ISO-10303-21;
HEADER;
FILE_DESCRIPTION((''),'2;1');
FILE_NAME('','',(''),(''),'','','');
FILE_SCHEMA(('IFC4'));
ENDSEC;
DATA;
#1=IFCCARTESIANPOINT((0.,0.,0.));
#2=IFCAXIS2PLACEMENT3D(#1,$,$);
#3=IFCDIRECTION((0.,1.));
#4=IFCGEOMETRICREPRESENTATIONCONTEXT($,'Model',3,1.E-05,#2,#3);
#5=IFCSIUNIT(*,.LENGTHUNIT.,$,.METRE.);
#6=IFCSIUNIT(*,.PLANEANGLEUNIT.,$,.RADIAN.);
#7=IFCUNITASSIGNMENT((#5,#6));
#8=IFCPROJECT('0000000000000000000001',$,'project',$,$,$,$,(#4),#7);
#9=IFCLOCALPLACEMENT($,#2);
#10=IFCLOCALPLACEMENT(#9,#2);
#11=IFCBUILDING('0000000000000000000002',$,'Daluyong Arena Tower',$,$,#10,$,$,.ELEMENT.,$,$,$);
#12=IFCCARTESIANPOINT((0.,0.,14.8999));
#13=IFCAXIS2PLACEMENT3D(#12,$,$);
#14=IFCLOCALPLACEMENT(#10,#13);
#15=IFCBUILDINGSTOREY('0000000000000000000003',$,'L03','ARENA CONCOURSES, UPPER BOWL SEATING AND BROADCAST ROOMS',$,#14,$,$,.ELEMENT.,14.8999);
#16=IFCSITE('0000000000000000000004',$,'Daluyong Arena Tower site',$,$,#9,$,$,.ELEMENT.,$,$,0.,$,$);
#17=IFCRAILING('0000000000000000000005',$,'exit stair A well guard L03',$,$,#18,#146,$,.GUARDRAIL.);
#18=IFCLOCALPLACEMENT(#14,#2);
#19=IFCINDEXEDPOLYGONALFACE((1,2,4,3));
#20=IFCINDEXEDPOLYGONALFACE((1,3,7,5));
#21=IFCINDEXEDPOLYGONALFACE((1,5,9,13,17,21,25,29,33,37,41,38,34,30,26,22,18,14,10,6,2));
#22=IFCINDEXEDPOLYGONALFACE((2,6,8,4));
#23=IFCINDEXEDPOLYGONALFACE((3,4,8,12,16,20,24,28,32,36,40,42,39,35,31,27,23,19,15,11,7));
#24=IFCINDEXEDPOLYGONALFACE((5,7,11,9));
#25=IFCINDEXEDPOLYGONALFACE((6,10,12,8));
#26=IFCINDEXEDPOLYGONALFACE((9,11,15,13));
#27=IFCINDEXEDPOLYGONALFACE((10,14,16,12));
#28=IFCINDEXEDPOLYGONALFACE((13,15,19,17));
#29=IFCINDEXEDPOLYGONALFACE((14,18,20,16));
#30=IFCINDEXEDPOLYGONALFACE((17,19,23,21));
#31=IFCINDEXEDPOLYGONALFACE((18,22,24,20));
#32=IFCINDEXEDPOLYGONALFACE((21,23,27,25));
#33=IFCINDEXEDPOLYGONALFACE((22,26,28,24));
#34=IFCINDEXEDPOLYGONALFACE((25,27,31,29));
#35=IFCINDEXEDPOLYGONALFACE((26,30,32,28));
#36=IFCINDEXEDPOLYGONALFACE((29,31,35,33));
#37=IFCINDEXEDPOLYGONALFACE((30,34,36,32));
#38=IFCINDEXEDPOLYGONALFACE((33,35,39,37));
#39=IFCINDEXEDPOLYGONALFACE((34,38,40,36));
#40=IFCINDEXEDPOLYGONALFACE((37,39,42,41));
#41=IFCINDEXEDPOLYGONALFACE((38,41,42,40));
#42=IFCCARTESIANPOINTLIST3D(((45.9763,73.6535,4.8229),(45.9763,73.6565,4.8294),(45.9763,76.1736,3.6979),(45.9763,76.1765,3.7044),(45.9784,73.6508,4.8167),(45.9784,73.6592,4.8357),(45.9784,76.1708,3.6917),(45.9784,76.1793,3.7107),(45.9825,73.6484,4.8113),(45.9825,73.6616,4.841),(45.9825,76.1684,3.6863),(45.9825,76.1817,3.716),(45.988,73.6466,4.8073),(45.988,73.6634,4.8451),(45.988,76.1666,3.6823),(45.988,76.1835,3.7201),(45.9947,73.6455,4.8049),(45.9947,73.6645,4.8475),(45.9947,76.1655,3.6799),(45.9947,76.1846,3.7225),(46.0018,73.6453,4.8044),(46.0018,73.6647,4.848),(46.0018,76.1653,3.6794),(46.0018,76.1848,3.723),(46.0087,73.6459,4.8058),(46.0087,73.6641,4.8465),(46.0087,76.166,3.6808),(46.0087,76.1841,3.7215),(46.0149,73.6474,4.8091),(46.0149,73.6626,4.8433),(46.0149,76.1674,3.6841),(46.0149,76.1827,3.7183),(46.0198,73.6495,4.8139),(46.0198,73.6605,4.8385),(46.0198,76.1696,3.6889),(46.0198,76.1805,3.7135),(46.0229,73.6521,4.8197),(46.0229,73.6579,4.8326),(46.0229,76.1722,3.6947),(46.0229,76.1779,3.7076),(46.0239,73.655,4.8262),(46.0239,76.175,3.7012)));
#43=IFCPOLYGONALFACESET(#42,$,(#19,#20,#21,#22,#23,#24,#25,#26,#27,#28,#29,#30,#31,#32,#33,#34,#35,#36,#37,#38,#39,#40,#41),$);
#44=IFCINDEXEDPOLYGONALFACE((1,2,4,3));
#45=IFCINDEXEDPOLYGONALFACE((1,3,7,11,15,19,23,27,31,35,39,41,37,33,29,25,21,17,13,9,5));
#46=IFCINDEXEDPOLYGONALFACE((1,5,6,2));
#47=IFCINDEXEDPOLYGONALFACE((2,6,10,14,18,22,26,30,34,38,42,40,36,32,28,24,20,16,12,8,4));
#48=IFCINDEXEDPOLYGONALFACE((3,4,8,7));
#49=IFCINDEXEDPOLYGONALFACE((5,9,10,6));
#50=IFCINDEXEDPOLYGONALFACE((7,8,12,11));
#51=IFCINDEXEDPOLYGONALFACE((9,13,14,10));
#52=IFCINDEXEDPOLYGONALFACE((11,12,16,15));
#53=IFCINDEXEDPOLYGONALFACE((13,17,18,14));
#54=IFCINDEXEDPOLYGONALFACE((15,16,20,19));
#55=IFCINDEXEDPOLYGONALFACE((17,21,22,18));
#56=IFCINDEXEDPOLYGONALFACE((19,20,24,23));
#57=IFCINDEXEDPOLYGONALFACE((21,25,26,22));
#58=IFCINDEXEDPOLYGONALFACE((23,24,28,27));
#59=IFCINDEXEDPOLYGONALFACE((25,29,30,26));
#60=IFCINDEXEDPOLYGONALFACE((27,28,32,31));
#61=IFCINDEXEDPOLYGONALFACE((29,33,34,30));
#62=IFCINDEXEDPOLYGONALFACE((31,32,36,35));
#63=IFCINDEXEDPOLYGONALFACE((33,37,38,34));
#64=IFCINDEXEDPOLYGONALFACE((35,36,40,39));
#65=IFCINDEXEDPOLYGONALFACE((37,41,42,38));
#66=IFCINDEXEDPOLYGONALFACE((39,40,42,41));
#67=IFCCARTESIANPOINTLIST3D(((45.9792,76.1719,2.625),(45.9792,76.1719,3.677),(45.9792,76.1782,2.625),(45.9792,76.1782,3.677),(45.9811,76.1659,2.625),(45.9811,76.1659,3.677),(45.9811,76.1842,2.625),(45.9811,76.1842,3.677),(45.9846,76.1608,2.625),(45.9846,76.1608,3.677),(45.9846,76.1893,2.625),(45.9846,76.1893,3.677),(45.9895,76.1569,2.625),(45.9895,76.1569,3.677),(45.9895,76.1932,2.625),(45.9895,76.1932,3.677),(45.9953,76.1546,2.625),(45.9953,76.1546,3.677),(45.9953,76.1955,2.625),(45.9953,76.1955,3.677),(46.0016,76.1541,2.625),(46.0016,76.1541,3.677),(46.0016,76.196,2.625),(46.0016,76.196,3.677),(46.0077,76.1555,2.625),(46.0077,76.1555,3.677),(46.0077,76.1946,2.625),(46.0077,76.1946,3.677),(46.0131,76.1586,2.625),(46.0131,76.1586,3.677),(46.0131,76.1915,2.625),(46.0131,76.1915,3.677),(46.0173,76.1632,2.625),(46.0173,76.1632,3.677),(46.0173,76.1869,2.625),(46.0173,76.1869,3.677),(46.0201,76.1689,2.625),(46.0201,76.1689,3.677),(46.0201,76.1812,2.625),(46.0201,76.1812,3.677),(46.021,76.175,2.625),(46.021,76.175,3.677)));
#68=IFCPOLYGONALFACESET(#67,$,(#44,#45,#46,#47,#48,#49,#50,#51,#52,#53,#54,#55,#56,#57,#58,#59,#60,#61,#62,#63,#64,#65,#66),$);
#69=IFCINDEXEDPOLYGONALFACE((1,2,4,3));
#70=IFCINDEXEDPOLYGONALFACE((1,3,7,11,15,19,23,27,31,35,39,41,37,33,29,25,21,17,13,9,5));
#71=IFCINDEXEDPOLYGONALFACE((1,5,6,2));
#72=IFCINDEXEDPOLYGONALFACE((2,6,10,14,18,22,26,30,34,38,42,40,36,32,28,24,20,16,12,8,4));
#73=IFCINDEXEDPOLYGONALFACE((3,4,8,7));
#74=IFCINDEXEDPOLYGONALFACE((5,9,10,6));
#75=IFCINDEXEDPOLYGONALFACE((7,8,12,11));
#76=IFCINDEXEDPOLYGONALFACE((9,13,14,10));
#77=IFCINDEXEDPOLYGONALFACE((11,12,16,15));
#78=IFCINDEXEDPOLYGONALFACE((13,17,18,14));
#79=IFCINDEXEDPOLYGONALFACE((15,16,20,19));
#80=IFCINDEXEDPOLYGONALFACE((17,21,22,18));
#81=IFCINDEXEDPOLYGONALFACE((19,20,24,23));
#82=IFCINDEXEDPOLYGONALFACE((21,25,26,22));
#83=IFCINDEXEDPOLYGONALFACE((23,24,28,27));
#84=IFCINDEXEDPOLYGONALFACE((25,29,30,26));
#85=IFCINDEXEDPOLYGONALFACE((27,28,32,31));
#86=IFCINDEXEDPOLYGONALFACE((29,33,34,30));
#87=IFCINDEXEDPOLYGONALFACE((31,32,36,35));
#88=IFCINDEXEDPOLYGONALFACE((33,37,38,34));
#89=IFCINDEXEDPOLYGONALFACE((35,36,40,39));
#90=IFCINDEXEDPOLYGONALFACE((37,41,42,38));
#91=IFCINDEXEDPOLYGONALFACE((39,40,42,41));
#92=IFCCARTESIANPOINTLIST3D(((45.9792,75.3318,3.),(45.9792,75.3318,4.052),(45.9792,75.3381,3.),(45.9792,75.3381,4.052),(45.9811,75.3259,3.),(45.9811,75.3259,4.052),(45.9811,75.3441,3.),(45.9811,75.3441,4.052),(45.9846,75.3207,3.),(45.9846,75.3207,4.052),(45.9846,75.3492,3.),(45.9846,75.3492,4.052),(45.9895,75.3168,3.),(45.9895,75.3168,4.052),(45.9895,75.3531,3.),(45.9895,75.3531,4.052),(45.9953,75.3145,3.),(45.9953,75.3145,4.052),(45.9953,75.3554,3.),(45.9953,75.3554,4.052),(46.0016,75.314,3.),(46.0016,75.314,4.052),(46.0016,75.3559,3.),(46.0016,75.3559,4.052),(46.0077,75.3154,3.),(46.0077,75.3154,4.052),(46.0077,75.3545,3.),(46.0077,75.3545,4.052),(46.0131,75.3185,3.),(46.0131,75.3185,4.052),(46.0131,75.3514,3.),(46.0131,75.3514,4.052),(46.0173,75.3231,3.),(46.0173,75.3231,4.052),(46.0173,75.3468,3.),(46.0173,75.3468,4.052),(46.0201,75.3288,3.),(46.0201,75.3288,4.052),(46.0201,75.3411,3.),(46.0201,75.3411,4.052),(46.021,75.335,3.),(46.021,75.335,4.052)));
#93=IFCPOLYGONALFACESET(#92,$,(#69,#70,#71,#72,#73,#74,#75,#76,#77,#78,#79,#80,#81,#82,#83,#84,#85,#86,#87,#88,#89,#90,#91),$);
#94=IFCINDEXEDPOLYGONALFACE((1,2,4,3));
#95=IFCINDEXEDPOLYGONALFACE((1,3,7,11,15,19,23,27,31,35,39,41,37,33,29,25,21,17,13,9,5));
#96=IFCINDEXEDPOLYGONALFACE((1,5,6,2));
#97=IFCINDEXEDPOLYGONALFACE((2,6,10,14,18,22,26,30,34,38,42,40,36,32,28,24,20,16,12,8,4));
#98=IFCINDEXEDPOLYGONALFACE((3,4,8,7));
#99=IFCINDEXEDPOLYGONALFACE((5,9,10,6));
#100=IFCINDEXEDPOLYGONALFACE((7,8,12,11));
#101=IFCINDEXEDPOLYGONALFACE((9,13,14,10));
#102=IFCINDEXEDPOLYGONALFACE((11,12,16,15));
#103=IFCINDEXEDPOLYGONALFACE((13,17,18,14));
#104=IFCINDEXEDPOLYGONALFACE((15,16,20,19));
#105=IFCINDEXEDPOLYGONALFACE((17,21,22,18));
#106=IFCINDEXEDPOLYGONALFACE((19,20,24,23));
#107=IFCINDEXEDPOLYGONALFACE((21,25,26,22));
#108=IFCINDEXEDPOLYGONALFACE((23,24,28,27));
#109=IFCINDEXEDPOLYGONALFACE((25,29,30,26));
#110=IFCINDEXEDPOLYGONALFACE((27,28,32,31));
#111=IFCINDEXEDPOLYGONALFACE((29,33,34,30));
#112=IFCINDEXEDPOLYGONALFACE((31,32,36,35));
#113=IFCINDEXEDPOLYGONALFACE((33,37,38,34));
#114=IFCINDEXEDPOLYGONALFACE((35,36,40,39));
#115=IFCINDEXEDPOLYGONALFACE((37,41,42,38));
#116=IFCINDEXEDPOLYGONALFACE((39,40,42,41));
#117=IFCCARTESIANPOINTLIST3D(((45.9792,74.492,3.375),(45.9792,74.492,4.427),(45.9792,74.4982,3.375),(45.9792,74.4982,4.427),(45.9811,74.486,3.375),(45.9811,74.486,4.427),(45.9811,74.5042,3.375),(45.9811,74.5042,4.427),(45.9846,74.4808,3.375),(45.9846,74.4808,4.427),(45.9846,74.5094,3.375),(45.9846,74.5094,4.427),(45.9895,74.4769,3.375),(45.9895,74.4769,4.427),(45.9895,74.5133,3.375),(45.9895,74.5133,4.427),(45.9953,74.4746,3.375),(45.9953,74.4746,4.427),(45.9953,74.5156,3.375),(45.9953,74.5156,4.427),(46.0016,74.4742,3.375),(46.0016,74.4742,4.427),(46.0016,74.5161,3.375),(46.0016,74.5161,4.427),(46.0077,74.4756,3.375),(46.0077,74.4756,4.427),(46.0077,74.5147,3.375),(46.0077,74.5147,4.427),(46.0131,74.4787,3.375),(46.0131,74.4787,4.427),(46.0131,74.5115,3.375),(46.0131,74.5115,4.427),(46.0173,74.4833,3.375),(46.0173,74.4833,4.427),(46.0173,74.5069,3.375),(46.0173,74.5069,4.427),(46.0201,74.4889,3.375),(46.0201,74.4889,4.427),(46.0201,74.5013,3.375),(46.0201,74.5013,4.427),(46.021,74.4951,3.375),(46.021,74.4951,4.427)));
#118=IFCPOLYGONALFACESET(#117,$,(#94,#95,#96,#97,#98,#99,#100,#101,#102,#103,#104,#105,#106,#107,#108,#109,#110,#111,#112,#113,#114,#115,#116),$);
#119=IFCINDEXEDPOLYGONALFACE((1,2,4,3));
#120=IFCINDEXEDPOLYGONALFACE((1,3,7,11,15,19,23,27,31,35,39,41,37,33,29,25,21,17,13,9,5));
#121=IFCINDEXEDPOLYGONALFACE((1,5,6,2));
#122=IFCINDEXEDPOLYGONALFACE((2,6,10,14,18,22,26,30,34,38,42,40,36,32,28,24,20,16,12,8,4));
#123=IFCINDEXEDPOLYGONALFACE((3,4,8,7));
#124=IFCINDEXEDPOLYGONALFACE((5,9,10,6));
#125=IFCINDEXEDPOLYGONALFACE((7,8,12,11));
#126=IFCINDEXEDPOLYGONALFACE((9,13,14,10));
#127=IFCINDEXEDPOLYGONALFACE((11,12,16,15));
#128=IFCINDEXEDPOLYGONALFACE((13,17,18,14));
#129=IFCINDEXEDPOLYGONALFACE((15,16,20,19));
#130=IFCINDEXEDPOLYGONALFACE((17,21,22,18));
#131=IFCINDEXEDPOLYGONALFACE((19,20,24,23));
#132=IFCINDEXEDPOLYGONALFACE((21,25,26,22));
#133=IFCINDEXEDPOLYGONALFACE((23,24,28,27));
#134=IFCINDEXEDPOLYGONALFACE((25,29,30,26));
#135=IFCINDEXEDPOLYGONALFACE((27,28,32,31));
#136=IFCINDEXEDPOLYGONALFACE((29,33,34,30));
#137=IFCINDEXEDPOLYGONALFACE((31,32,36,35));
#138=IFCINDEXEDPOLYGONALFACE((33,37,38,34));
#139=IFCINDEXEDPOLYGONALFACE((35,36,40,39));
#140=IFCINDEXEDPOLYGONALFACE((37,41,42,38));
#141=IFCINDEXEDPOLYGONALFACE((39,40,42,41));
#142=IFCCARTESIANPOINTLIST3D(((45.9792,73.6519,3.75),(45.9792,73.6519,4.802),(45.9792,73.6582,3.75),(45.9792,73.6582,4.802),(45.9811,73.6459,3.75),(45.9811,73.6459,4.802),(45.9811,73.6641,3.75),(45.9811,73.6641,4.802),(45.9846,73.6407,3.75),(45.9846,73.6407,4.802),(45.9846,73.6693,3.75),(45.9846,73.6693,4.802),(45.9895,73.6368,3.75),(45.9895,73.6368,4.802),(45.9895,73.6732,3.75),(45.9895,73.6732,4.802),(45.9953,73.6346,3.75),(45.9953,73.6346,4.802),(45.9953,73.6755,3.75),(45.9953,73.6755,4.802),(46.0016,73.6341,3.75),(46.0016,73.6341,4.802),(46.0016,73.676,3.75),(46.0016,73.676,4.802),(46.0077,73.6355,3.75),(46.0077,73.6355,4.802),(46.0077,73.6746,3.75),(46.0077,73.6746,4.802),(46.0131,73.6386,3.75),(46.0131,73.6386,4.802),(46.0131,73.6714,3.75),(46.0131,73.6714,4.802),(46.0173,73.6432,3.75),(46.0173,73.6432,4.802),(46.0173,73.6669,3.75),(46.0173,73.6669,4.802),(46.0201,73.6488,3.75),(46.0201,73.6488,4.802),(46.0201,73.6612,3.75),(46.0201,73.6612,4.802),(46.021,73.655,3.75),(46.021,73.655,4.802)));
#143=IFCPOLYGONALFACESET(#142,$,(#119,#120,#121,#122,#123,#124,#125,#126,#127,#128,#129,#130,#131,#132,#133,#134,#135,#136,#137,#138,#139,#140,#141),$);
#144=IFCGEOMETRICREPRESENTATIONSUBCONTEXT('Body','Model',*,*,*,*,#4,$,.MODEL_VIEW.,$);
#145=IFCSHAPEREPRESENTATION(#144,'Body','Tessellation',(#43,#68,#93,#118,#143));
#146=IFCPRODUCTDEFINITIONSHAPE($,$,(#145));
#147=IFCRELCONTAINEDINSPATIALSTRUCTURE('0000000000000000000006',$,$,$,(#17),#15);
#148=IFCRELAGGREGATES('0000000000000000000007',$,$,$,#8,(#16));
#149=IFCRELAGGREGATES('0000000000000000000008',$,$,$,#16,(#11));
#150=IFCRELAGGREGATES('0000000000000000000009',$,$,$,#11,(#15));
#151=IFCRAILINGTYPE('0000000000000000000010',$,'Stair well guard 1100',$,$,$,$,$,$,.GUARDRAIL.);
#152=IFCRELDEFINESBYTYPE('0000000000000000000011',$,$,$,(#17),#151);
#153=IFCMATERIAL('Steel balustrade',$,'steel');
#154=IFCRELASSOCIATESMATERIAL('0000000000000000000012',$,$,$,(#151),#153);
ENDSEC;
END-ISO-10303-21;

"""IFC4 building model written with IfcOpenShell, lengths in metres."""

from ifc_helpers import new_model, si_unit, direction, frame, origin, origin_2d, place, context, subcontext, project, spatial, circle, extrude, material, type_object, element, save


model = new_model("IFC4")

# Units and contexts
model_context = context("Model", 3, precision=1e-05, world=origin(), true_north=direction((0.0, 1.0)))
body_context = subcontext(model_context, "Body", "Model", "MODEL_VIEW")
ifc_project = project(units=[si_unit("LENGTHUNIT", "METRE"), si_unit("PLANEANGLEUNIT", "RADIAN")], contexts=[model_context])

# Site, building, storey
site_placement = place(None, origin())
site = spatial("IfcSite", under=ifc_project, at=site_placement, Name="Daluyong Arena Tower site", CompositionType="ELEMENT", RefElevation=0.0)
building_placement = place(site_placement, origin())
building = spatial("IfcBuilding", under=site, at=building_placement, Name="Daluyong Arena Tower", CompositionType="ELEMENT")
storey_placement = place(building_placement, frame((0.0, 0.0, 14.8999)))
storey = spatial("IfcBuildingStorey", under=building, at=storey_placement, Name="L03", Description="ARENA CONCOURSES, UPPER BOWL SEATING AND BROADCAST ROOMS", CompositionType="ELEMENT", Elevation=14.8999)

# Railing
ifc_material_1 = material(Name="Steel balustrade", Category="steel")
railing_type = type_object("IfcRailingType", Name="Stair well guard 1100", PredefinedType="GUARDRAIL", material=ifc_material_1)
for number, where, name in (
    (1, (46.0, 76.175, 2.625), "exit stair A well guard L03"),
):
    element("IfcRailing", number, at=place(storey_placement, frame(where)), inside=storey, type_object=railing_type, Name=name, PredefinedType="GUARDRAIL", context=body_context, shape_type="SweptSolid", body=[
        extrude(circle(Radius=0.0239, at=origin_2d()), frame((0.0, 0.0, 1.0762), z_axis=(0.0, -0.913139, 0.407648), x_axis=(1.0, 0.0, 0.0)), (0.0, 0.0, 1.0), 2.7598),
        extrude(circle(Radius=0.021, at=origin_2d()), origin(), (0.0, 0.0, 1.0), 1.052),
        extrude(circle(Radius=0.021, at=origin_2d()), frame((0.0, -0.8401, 0.375)), (0.0, 0.0, 1.0), 1.052),
        extrude(circle(Radius=0.021, at=origin_2d()), frame((0.0, -1.6799, 0.75)), (0.0, 0.0, 1.0), 1.052),
        extrude(circle(Radius=0.021, at=origin_2d()), frame((0.0, -2.52, 1.125)), (0.0, 0.0, 1.0), 1.052),
    ])

save(model, "model.ifc")
